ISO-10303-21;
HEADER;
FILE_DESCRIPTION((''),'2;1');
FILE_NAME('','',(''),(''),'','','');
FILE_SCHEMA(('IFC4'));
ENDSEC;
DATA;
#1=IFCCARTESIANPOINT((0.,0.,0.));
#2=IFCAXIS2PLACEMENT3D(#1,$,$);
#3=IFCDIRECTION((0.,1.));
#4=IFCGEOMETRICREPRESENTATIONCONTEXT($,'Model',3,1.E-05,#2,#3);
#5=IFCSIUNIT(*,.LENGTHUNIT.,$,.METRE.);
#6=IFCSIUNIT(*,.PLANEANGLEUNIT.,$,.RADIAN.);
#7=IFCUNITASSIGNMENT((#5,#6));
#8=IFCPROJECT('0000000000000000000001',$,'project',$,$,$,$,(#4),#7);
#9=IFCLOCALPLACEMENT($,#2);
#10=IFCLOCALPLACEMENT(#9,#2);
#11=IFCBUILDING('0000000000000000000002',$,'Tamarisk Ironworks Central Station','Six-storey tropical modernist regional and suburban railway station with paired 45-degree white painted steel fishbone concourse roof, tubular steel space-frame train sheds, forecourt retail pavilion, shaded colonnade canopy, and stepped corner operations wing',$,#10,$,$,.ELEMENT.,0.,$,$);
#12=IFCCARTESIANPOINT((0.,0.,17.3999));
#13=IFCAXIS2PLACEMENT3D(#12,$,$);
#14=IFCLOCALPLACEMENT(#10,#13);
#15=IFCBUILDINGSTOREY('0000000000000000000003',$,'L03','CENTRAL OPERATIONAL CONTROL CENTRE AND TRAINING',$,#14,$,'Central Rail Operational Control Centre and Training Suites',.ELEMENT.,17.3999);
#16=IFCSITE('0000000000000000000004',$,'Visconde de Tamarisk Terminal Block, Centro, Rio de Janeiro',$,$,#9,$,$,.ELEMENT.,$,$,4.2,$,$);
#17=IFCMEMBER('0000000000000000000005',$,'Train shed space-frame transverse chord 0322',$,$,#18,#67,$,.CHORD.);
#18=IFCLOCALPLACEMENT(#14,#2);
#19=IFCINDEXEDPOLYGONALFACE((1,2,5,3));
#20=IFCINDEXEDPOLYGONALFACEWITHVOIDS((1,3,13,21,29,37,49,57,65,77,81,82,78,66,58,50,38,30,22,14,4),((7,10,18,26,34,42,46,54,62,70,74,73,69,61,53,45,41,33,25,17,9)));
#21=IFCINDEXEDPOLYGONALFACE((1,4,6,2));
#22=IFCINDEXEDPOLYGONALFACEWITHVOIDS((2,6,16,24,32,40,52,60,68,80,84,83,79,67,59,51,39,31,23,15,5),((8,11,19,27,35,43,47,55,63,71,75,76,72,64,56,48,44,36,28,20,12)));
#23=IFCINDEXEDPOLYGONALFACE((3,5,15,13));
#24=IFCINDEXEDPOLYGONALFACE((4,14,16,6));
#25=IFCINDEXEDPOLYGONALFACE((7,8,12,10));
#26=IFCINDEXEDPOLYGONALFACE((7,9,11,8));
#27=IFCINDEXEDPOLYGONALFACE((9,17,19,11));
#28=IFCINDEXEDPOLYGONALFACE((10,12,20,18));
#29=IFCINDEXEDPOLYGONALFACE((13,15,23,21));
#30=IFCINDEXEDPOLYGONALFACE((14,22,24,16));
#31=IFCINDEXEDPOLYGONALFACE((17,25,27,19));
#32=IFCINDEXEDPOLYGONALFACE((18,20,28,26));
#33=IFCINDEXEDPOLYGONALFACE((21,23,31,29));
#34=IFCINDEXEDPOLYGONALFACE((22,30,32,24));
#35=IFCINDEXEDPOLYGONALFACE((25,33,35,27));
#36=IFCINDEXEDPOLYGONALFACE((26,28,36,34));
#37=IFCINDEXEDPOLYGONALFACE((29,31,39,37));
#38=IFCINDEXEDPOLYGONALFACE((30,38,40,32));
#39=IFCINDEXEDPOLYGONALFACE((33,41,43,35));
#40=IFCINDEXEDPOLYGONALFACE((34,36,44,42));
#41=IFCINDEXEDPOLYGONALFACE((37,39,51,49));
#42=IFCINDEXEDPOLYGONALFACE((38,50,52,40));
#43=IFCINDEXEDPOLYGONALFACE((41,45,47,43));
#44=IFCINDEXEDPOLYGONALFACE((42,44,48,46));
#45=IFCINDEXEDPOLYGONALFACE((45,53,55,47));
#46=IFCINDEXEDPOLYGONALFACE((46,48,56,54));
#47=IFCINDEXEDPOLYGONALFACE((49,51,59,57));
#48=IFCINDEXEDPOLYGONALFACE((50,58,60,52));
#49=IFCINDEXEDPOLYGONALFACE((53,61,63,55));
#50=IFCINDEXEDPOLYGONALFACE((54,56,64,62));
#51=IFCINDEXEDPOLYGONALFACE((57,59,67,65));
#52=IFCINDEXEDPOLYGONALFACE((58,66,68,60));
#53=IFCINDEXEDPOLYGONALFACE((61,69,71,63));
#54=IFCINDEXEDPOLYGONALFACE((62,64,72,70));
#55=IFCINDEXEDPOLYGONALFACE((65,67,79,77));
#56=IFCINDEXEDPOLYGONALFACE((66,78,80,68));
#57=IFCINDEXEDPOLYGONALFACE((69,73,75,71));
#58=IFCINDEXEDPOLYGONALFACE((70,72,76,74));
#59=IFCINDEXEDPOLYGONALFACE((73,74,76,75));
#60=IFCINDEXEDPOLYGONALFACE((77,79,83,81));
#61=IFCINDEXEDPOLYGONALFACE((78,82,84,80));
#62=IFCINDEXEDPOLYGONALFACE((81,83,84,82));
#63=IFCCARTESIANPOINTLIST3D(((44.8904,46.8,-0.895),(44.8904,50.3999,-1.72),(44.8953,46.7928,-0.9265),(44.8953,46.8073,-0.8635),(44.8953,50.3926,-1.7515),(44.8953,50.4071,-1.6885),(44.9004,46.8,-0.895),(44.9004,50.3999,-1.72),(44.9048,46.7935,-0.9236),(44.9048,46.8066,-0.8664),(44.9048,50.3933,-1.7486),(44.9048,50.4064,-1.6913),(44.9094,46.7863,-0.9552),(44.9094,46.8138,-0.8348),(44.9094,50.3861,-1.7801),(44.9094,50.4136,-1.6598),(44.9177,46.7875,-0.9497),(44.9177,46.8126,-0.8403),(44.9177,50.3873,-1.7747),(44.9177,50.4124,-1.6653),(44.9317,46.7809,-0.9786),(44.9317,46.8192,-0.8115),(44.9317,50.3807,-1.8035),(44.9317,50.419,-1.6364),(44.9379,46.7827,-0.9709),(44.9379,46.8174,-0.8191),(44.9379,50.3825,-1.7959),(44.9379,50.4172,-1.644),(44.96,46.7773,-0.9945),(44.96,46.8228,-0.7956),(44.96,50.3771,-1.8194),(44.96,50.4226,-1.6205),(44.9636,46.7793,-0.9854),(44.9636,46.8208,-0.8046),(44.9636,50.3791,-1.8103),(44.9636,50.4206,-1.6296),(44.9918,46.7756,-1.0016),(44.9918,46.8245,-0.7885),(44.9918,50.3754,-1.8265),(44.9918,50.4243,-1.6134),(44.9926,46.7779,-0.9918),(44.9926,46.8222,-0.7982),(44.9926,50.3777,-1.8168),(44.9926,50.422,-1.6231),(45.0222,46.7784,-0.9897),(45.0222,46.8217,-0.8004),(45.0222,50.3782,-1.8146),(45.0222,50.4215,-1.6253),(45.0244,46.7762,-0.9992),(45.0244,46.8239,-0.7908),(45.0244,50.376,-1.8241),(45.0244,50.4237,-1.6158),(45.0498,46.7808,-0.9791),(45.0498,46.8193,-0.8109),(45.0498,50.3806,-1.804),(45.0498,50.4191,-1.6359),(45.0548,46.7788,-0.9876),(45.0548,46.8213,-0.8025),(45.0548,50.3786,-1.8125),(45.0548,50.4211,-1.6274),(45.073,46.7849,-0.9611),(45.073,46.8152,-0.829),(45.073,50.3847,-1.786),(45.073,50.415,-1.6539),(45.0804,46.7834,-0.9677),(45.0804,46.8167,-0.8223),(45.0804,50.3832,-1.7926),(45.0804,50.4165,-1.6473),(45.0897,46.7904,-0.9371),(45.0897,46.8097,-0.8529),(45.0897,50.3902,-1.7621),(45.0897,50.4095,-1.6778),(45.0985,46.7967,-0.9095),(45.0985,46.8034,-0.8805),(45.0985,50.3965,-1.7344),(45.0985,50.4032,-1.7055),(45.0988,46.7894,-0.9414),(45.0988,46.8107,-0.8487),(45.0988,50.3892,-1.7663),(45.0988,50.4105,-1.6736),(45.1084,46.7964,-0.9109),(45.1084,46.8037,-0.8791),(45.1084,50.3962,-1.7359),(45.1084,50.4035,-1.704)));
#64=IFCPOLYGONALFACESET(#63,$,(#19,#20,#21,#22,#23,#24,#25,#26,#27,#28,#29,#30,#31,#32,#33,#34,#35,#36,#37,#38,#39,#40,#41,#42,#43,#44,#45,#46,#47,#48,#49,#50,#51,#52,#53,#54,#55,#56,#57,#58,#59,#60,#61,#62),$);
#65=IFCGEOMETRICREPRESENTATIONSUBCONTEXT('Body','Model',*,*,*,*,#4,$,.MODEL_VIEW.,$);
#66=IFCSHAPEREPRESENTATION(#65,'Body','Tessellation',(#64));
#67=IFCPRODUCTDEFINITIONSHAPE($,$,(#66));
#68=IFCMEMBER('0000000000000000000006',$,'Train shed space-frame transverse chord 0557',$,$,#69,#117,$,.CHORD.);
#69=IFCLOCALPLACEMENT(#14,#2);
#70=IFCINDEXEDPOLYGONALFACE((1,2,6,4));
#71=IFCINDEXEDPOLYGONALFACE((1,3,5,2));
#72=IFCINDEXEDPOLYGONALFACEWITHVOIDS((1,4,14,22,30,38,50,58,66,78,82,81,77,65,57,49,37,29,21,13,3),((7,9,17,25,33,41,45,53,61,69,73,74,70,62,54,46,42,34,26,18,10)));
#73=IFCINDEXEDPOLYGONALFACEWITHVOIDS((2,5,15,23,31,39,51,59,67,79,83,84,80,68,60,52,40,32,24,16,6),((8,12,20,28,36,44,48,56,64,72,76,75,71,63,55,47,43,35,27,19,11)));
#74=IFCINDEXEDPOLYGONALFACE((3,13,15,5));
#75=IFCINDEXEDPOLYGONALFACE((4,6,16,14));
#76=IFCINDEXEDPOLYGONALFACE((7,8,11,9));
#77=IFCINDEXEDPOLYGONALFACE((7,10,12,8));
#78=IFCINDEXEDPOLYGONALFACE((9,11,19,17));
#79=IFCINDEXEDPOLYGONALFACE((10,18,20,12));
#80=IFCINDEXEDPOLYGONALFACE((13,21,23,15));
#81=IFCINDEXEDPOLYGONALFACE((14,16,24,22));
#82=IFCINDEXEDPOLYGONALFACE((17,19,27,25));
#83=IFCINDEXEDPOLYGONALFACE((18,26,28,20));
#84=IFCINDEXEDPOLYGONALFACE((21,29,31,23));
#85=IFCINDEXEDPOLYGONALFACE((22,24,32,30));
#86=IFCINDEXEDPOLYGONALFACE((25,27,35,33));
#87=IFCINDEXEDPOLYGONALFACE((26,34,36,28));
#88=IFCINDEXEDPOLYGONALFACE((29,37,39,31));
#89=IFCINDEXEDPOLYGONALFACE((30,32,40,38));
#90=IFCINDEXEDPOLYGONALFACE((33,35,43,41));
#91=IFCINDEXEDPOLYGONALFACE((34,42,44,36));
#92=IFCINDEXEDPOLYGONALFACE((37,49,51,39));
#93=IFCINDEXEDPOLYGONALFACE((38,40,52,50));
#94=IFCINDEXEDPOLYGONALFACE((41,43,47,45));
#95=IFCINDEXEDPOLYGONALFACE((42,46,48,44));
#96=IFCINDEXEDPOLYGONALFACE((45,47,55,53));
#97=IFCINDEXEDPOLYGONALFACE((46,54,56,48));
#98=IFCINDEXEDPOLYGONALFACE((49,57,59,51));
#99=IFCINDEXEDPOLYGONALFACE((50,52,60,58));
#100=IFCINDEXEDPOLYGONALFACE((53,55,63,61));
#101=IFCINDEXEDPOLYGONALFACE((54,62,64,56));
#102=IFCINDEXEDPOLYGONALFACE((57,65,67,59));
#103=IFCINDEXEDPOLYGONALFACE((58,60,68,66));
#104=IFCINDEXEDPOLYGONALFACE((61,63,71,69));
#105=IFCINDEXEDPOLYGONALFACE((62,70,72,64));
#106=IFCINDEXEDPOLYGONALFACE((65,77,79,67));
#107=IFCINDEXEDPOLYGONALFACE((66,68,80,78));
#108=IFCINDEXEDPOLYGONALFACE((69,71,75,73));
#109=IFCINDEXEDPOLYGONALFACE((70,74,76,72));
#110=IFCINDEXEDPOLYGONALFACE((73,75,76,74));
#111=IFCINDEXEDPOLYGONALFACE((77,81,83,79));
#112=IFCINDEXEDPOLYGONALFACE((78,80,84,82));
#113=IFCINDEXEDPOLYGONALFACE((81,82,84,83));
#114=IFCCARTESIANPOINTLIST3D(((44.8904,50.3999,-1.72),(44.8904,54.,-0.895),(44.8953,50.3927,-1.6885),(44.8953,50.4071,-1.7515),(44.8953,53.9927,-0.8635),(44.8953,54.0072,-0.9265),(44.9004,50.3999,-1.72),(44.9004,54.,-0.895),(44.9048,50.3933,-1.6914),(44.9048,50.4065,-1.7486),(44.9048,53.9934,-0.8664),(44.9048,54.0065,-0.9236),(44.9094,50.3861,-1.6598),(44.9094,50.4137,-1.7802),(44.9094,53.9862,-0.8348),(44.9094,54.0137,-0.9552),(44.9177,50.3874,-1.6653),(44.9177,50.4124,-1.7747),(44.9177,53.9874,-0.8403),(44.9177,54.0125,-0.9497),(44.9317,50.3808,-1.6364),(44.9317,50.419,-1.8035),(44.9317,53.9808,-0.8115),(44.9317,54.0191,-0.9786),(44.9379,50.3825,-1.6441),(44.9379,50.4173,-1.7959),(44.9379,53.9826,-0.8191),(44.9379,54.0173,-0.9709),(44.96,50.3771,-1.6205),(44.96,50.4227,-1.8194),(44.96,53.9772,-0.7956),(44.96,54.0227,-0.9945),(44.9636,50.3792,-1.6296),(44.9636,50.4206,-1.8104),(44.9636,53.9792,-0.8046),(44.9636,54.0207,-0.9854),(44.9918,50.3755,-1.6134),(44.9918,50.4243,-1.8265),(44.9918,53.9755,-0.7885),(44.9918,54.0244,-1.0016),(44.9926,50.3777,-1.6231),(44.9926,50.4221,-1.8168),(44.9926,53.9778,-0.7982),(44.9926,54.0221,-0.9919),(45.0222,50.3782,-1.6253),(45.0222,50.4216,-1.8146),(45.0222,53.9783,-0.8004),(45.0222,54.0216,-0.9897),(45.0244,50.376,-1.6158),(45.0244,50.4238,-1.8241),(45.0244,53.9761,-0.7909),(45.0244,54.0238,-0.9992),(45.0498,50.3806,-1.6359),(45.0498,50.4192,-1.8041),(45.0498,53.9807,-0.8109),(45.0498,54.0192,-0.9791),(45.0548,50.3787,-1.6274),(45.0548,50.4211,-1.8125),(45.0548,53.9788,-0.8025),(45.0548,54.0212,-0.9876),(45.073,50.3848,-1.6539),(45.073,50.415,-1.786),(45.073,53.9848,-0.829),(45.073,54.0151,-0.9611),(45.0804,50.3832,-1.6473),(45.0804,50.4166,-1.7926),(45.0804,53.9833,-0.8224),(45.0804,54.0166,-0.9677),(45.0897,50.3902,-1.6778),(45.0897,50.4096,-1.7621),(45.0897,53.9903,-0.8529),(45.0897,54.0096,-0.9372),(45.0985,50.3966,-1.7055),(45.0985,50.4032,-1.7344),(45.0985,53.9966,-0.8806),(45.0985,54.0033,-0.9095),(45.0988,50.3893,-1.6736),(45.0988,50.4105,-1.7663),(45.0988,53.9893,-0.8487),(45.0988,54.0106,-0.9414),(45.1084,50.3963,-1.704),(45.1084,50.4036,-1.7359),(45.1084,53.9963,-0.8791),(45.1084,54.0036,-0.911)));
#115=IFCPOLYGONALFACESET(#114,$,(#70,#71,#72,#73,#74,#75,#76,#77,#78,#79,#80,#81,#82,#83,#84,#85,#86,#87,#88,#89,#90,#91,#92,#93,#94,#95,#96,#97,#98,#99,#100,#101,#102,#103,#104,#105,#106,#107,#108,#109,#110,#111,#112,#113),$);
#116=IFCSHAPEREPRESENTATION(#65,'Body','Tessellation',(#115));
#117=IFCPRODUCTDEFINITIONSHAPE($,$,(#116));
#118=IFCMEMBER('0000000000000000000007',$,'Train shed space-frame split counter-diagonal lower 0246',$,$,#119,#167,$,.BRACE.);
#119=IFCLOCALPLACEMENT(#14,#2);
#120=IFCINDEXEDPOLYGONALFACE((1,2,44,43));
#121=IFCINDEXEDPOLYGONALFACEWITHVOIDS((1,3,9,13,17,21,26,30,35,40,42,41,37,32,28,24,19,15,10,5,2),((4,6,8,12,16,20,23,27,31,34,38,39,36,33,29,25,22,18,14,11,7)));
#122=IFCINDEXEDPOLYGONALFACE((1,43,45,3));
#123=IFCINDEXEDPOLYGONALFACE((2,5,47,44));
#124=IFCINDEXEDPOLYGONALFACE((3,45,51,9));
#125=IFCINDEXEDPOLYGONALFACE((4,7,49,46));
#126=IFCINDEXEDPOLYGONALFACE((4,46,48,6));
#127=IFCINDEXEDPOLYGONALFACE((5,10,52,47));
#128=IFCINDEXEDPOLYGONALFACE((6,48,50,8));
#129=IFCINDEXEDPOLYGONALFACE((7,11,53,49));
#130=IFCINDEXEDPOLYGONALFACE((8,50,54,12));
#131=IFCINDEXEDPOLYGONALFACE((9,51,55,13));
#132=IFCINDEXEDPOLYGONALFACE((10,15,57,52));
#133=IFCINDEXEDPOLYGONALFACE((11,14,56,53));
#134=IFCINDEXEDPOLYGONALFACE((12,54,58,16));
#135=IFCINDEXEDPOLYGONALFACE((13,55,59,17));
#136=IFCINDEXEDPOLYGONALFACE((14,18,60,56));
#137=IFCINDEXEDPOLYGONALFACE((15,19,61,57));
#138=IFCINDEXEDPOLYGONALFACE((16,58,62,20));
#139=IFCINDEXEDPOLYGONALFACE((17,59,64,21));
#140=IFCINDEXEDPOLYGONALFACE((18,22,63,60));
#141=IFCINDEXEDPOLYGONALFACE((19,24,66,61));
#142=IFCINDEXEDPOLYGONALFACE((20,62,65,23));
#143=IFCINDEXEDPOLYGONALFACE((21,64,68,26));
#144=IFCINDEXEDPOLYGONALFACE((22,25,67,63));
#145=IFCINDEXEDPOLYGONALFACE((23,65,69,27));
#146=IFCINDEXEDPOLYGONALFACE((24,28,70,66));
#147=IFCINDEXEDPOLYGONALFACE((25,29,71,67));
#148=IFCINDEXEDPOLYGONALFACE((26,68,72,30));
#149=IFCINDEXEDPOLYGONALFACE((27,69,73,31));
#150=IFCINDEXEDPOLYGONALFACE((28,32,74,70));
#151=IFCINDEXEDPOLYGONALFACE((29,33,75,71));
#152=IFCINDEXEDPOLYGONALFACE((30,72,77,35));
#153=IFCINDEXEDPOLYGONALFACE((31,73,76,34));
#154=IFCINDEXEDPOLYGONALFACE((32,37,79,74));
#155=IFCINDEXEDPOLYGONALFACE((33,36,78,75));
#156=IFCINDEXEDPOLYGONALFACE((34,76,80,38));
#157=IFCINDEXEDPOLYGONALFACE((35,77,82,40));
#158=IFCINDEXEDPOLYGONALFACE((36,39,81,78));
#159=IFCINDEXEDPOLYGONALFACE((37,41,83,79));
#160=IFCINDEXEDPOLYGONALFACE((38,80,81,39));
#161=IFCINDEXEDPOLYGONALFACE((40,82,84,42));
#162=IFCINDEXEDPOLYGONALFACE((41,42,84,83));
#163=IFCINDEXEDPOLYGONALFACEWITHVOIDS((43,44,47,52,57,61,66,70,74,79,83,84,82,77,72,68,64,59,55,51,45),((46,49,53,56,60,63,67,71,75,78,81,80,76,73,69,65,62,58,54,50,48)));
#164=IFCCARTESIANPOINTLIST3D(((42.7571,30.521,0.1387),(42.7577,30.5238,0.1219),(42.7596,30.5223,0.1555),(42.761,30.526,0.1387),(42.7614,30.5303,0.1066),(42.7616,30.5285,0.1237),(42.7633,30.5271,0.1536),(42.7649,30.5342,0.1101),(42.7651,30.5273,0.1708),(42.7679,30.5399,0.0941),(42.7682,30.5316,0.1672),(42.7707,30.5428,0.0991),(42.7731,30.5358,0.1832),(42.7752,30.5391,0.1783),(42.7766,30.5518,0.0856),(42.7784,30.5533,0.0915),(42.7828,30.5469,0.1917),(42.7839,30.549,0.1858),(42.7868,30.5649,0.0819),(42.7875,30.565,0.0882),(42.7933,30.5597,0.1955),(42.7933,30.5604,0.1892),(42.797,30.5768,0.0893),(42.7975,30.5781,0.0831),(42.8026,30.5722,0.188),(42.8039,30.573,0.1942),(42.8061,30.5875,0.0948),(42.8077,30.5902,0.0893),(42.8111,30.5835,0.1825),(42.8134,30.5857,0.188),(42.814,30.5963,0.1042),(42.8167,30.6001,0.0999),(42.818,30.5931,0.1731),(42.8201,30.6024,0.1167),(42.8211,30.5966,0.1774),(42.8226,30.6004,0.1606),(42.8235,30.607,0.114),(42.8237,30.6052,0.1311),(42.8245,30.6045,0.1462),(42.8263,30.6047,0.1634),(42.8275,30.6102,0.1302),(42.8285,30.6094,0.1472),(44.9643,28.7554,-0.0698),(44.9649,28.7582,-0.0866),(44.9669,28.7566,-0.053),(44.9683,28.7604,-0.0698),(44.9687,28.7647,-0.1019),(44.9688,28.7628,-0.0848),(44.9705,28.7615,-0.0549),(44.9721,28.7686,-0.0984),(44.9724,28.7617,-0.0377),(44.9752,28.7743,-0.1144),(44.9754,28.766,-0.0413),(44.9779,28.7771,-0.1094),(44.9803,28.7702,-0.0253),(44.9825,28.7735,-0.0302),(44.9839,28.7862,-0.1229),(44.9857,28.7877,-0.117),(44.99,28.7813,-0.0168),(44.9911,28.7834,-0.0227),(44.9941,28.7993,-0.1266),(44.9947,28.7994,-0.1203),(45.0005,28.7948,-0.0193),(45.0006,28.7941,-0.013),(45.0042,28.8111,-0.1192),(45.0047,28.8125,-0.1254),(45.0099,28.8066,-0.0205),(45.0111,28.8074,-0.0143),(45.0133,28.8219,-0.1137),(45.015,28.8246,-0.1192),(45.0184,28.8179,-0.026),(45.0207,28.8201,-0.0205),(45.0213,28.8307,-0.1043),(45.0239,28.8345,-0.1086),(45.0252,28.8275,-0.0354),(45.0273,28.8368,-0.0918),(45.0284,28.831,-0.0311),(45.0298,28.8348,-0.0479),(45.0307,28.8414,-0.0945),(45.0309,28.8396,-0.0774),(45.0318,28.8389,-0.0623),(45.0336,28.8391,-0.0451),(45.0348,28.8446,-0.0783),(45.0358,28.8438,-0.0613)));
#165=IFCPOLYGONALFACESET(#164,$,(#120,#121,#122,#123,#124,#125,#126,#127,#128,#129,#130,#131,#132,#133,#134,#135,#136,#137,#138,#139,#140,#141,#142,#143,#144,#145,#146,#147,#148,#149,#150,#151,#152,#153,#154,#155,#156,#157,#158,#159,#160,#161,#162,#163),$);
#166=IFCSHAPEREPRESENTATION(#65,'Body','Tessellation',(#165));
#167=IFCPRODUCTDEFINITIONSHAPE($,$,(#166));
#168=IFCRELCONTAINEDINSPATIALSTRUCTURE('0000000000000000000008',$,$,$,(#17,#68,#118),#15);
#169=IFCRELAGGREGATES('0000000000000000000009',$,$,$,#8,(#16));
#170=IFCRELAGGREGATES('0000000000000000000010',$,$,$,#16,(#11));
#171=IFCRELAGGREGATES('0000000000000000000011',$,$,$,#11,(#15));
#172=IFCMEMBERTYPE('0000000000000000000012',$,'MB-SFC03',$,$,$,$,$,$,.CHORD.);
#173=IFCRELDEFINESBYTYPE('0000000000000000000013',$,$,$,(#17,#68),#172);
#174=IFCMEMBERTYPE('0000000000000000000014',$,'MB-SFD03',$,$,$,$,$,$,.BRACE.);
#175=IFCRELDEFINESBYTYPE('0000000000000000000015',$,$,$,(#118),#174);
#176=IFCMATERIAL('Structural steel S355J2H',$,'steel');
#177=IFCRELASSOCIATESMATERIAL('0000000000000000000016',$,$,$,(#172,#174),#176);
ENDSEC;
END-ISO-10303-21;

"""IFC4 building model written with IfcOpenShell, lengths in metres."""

from ifc_helpers import new_model, si_unit, direction, frame, origin, origin_2d, place, context, subcontext, project, spatial, hollow_circle, extrude, material, material_profile, profile_set, type_object, element, save


model = new_model("IFC4")

# Units and contexts
model_context = context("Model", 3, precision=1e-05, world=origin(), true_north=direction((0.0, 1.0)))
body_context = subcontext(model_context, "Body", "Model", "MODEL_VIEW")
ifc_project = project(units=[si_unit("LENGTHUNIT", "METRE"), si_unit("PLANEANGLEUNIT", "RADIAN")], contexts=[model_context])

# Site, building, storey
site_placement = place(None, origin())
site = spatial("IfcSite", under=ifc_project, at=site_placement, Name="Visconde de Tamarisk Terminal Block, Centro, Rio de Janeiro", CompositionType="ELEMENT", RefElevation=4.2)
building_placement = place(site_placement, origin())
building = spatial("IfcBuilding", under=site, at=building_placement, Name="Tamarisk Ironworks Central Station", Description="Six-storey tropical modernist regional and suburban railway station with paired 45-degree white painted steel fishbone concourse roof, tubular steel space-frame train sheds, forecourt retail pavilion, shaded colonnade canopy, and stepped corner operations wing", CompositionType="ELEMENT", ElevationOfRefHeight=0.0)
storey_placement = place(building_placement, frame((0.0, 0.0, 17.3999)))
storey = spatial("IfcBuildingStorey", under=building, at=storey_placement, Name="L03", Description="CENTRAL OPERATIONAL CONTROL CENTRE AND TRAINING", LongName="Central Rail Operational Control Centre and Training Suites", CompositionType="ELEMENT", Elevation=17.3999)

# Members
ifc_material_1 = material(Name="Structural steel S355J2H", Category="steel")
ifc_material_profile_1 = material_profile(ifc_material_1, hollow_circle(Radius=0.1096, WallThickness=0.01, at=origin_2d()), Name="CHS 219.1x10")
ifc_profile_set_1 = profile_set([ifc_material_profile_1], Name="Structural steel S355J2H")
member_type_1 = type_object("IfcMemberType", Name="MB-SFC03", PredefinedType="CHORD", material=ifc_profile_set_1)
member_1_placement = place(storey_placement, frame((45.0, 46.8, -0.895), z_axis=(0.0, 0.974733, -0.223372), x_axis=(-1.0, 0.0, 0.0)))
element("IfcMember", 1, at=member_1_placement, inside=storey, type_object=member_type_1, Name="Train shed space-frame transverse chord 0322", PredefinedType="CHORD", context=body_context, shape_type="SweptSolid", body=[
    extrude(hollow_circle(Radius=0.1096, WallThickness=0.01, at=origin_2d()), origin(), (0.0, 0.0, 1.0), 3.6931),
])
member_2_placement = place(storey_placement, frame((45.0, 50.3999, -1.72), z_axis=(0.0, 0.974737, 0.223358), x_axis=(-1.0, 0.0, 0.0)))
element("IfcMember", 2, at=member_2_placement, inside=storey, type_object=member_type_1, Name="Train shed space-frame transverse chord 0557", PredefinedType="CHORD", context=body_context, shape_type="SweptSolid", body=[
    extrude(hollow_circle(Radius=0.1096, WallThickness=0.01, at=origin_2d()), origin(), (0.0, 0.0, 1.0), 3.6934),
])
ifc_material_profile_2 = material_profile(ifc_material_1, hollow_circle(Radius=0.0571, WallThickness=0.0063, at=origin_2d()), Name="CHS 114.3x6.3")
ifc_profile_set_2 = profile_set([ifc_material_profile_2], Name="Structural steel S355J2H")
member_type_2 = type_object("IfcMemberType", Name="MB-SFD03", PredefinedType="BRACE", material=ifc_profile_set_2)
member_3_placement = place(storey_placement, frame((45.0, 28.8, -0.0698), z_axis=(-0.778787, 0.62296, 0.073563), x_axis=(-0.624653, -0.780903, 0.0)))
element("IfcMember", 3, at=member_3_placement, inside=storey, type_object=member_type_2, Name="Train shed space-frame split counter-diagonal lower 0246", PredefinedType="BRACE", context=body_context, shape_type="SweptSolid", body=[
    extrude(hollow_circle(Radius=0.0571, WallThickness=0.0063, at=origin_2d()), origin(), (0.0, 0.0, 1.0), 2.8342),
])

save(model, "model.ifc")
